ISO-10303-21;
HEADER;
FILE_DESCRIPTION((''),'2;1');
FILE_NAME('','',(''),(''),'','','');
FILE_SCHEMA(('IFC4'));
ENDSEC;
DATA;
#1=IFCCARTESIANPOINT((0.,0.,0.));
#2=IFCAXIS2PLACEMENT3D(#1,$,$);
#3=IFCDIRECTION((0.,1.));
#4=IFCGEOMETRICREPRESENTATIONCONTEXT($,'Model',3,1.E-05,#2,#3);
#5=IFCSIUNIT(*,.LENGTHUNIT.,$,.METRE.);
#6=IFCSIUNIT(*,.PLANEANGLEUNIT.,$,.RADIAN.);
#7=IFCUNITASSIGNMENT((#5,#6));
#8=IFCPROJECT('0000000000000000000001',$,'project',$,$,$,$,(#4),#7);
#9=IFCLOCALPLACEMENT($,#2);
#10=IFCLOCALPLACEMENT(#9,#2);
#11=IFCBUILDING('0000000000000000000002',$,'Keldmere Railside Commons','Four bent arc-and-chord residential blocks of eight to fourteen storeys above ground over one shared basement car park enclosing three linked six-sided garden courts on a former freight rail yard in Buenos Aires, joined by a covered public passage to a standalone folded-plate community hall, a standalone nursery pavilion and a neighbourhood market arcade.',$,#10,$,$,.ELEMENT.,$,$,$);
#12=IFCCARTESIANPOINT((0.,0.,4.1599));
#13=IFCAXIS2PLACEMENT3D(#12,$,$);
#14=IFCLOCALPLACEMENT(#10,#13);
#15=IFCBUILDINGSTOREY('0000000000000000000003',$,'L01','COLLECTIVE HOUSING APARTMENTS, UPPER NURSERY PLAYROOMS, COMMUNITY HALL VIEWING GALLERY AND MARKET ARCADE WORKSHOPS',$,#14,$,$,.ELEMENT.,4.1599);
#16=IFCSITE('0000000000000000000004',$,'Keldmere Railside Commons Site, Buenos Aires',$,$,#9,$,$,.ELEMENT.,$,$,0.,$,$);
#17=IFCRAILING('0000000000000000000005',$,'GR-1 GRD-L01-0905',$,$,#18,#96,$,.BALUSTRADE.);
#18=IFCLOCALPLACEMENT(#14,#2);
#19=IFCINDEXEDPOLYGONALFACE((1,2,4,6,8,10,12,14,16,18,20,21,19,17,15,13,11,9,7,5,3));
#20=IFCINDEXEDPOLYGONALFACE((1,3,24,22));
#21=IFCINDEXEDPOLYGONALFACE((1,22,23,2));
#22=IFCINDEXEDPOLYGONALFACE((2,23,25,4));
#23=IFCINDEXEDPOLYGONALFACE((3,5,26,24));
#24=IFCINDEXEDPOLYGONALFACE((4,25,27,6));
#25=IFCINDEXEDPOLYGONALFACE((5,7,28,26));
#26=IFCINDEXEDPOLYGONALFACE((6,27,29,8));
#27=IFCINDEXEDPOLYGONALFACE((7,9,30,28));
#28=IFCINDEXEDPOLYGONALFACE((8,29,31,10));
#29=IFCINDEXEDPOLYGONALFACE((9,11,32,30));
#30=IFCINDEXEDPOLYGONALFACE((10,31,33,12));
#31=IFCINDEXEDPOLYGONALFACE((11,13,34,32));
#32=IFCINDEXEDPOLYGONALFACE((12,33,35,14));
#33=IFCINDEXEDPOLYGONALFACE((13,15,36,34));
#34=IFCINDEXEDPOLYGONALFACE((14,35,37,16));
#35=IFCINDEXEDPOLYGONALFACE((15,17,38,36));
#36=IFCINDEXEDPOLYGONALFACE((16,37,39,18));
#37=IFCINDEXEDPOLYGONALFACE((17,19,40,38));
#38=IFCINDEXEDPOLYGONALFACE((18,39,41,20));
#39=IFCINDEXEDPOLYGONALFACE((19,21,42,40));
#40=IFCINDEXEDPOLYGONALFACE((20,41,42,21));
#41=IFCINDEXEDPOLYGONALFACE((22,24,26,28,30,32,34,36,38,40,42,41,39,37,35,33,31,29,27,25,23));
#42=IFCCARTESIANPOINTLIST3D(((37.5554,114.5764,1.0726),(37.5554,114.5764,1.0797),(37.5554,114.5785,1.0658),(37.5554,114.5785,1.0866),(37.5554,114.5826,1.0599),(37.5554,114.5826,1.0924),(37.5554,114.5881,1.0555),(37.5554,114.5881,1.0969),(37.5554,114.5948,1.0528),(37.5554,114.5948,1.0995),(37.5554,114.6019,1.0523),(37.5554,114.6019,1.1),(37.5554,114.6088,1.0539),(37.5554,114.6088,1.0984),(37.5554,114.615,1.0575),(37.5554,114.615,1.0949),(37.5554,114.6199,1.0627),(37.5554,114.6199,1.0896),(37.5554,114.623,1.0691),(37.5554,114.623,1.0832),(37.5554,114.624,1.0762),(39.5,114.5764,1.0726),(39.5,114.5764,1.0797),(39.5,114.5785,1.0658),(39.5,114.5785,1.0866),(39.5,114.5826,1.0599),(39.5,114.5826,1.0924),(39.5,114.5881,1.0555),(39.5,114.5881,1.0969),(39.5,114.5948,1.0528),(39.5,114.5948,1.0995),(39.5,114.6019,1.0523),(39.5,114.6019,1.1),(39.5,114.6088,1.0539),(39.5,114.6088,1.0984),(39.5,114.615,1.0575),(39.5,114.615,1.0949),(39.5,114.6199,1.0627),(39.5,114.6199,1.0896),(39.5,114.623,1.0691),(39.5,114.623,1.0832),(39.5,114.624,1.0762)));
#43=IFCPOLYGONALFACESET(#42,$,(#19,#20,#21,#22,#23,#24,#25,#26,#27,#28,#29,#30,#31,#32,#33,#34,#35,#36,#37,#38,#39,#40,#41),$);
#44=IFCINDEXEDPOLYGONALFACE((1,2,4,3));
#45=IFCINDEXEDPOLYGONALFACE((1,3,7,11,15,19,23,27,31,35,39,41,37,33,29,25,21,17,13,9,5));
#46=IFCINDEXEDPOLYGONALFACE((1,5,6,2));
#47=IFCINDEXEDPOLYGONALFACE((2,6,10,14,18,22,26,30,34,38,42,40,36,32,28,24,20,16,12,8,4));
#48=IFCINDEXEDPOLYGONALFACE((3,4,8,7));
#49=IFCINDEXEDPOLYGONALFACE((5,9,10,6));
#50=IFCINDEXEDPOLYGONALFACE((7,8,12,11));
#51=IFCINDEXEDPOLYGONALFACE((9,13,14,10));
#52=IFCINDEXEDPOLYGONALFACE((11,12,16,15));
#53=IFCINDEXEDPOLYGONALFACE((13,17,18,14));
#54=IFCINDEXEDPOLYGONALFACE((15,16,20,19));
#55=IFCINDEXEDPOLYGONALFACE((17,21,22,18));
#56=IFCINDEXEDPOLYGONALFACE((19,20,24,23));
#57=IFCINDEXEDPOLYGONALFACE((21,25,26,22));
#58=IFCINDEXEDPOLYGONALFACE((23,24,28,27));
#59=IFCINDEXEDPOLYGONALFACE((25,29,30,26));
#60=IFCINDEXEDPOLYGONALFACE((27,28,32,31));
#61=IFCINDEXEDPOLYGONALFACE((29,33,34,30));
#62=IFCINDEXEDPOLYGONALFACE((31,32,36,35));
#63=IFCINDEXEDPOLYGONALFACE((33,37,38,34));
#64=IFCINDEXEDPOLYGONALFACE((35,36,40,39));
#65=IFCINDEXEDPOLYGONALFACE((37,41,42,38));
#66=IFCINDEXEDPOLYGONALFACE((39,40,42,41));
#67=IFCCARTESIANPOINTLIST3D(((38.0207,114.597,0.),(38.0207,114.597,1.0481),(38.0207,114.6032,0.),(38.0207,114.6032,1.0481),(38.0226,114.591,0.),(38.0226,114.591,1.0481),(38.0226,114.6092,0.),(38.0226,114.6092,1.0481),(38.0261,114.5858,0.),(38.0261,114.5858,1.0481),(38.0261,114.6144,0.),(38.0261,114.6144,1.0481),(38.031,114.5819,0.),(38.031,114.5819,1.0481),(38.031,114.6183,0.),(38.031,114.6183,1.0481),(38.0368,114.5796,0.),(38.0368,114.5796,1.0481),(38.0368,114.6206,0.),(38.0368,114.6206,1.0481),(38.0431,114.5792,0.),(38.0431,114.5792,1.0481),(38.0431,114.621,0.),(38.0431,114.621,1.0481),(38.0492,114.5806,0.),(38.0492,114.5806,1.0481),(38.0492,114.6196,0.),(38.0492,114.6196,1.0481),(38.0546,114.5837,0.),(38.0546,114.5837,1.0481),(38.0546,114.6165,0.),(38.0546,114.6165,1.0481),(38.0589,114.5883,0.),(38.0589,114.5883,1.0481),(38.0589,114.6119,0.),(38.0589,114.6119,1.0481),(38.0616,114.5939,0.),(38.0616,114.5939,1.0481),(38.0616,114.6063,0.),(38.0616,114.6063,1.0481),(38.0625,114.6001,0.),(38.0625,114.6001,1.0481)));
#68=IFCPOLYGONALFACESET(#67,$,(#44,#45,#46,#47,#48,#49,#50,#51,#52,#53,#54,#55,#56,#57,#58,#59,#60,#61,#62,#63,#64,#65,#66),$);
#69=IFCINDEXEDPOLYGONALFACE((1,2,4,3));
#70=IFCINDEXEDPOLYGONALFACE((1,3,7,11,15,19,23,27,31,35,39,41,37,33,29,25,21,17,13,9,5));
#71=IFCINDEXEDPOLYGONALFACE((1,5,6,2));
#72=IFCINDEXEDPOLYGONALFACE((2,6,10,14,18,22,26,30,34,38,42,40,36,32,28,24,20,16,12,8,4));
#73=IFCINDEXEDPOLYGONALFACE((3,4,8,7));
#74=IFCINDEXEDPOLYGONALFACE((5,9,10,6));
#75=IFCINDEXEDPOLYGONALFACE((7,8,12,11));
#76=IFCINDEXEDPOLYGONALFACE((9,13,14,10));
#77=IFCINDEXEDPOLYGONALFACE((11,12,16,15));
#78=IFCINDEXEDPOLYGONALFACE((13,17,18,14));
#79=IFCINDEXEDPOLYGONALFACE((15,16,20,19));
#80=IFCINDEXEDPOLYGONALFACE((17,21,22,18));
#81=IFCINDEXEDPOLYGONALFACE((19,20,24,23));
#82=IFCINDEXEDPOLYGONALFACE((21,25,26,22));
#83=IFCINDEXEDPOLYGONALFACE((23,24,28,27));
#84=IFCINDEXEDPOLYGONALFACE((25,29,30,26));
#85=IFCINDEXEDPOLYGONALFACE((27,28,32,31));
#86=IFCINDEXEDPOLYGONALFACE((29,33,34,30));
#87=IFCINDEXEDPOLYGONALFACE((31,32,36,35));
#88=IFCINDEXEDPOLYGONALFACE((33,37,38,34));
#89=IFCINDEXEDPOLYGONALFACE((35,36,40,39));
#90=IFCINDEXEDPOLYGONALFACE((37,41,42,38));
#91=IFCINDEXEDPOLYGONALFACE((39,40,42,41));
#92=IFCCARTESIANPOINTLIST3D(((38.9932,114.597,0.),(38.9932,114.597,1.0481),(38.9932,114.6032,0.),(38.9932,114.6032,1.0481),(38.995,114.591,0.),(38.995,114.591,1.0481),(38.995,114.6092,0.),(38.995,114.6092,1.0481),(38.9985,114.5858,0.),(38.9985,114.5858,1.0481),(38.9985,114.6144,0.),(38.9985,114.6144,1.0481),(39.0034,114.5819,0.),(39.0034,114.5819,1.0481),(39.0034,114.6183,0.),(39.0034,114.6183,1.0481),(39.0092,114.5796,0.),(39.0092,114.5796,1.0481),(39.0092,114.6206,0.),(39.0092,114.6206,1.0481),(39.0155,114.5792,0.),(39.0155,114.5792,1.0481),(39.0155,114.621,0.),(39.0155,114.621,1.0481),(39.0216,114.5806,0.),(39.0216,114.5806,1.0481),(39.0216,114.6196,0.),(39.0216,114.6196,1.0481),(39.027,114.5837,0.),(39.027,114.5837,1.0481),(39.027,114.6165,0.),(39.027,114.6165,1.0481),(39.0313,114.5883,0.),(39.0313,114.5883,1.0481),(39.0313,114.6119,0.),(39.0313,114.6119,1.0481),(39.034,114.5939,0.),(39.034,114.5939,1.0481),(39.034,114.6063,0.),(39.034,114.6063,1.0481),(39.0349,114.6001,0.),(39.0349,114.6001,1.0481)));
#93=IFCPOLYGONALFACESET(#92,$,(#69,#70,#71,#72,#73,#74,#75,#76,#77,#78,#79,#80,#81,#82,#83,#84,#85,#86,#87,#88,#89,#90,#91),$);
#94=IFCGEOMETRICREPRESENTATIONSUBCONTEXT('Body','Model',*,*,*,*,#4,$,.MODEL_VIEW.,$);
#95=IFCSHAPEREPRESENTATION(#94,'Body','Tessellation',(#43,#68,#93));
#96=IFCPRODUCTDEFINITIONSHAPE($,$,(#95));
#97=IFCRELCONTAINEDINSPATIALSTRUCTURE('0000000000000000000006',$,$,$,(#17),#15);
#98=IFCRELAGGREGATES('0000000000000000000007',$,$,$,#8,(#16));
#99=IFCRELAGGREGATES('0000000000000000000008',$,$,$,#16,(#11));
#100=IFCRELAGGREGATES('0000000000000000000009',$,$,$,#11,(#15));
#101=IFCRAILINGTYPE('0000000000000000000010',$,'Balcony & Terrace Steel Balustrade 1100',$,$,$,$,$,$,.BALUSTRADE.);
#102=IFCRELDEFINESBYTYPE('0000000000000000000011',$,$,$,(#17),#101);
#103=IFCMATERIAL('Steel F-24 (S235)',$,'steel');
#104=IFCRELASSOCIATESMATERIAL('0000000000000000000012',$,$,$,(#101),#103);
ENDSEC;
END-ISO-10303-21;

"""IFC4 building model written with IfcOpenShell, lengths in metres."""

from ifc_helpers import new_model, si_unit, direction, frame, origin, origin_2d, place, context, subcontext, project, spatial, circle, extrude, material, type_object, element, save


model = new_model("IFC4")

# Units and contexts
model_context = context("Model", 3, precision=1e-05, world=origin(), true_north=direction((0.0, 1.0)))
body_context = subcontext(model_context, "Body", "Model", "MODEL_VIEW")
ifc_project = project(units=[si_unit("LENGTHUNIT", "METRE"), si_unit("PLANEANGLEUNIT", "RADIAN")], contexts=[model_context])

# Site, building, storey
site_placement = place(None, origin())
site = spatial("IfcSite", under=ifc_project, at=site_placement, Name="Keldmere Railside Commons Site, Buenos Aires", CompositionType="ELEMENT", RefElevation=0.0)
building_placement = place(site_placement, origin())
building = spatial("IfcBuilding", under=site, at=building_placement, Name="Keldmere Railside Commons", Description="Four bent arc-and-chord residential blocks of eight to fourteen storeys above ground over one shared basement car park enclosing three linked six-sided garden courts on a former freight rail yard in Buenos Aires, joined by a covered public passage to a standalone folded-plate community hall, a standalone nursery pavilion and a neighbourhood market arcade.", CompositionType="ELEMENT")
storey_placement = place(building_placement, frame((0.0, 0.0, 4.1599)))
storey = spatial("IfcBuildingStorey", under=building, at=storey_placement, Name="L01", Description="COLLECTIVE HOUSING APARTMENTS, UPPER NURSERY PLAYROOMS, COMMUNITY HALL VIEWING GALLERY AND MARKET ARCADE WORKSHOPS", CompositionType="ELEMENT", Elevation=4.1599)

# Railing
ifc_material_1 = material(Name="Steel F-24 (S235)", Category="steel")
railing_type = type_object("IfcRailingType", Name="Balcony & Terrace Steel Balustrade 1100", PredefinedType="BALUSTRADE", material=ifc_material_1)
railing_1_placement = place(storey_placement, frame((37.5554, 114.6001, 0.0)))
element("IfcRailing", 1, at=railing_1_placement, inside=storey, type_object=railing_type, Name="GR-1 GRD-L01-0905", PredefinedType="BALUSTRADE", context=body_context, shape_type="SweptSolid", body=[
    extrude(circle(Radius=0.0239, at=origin_2d()), frame((0.0, 0.0, 1.0762), z_axis=(1.0, 0.0, 0.0), x_axis=(0.0, 1.0, 0.0)), (0.0, 0.0, 1.0), 1.9446),
    extrude(circle(Radius=0.021, at=origin_2d()), frame((0.4861, 0.0, 0.0)), (0.0, 0.0, 1.0), 1.0481),
    extrude(circle(Radius=0.021, at=origin_2d()), frame((1.4585, 0.0, 0.0)), (0.0, 0.0, 1.0), 1.0481),
])

save(model, "model.ifc")
